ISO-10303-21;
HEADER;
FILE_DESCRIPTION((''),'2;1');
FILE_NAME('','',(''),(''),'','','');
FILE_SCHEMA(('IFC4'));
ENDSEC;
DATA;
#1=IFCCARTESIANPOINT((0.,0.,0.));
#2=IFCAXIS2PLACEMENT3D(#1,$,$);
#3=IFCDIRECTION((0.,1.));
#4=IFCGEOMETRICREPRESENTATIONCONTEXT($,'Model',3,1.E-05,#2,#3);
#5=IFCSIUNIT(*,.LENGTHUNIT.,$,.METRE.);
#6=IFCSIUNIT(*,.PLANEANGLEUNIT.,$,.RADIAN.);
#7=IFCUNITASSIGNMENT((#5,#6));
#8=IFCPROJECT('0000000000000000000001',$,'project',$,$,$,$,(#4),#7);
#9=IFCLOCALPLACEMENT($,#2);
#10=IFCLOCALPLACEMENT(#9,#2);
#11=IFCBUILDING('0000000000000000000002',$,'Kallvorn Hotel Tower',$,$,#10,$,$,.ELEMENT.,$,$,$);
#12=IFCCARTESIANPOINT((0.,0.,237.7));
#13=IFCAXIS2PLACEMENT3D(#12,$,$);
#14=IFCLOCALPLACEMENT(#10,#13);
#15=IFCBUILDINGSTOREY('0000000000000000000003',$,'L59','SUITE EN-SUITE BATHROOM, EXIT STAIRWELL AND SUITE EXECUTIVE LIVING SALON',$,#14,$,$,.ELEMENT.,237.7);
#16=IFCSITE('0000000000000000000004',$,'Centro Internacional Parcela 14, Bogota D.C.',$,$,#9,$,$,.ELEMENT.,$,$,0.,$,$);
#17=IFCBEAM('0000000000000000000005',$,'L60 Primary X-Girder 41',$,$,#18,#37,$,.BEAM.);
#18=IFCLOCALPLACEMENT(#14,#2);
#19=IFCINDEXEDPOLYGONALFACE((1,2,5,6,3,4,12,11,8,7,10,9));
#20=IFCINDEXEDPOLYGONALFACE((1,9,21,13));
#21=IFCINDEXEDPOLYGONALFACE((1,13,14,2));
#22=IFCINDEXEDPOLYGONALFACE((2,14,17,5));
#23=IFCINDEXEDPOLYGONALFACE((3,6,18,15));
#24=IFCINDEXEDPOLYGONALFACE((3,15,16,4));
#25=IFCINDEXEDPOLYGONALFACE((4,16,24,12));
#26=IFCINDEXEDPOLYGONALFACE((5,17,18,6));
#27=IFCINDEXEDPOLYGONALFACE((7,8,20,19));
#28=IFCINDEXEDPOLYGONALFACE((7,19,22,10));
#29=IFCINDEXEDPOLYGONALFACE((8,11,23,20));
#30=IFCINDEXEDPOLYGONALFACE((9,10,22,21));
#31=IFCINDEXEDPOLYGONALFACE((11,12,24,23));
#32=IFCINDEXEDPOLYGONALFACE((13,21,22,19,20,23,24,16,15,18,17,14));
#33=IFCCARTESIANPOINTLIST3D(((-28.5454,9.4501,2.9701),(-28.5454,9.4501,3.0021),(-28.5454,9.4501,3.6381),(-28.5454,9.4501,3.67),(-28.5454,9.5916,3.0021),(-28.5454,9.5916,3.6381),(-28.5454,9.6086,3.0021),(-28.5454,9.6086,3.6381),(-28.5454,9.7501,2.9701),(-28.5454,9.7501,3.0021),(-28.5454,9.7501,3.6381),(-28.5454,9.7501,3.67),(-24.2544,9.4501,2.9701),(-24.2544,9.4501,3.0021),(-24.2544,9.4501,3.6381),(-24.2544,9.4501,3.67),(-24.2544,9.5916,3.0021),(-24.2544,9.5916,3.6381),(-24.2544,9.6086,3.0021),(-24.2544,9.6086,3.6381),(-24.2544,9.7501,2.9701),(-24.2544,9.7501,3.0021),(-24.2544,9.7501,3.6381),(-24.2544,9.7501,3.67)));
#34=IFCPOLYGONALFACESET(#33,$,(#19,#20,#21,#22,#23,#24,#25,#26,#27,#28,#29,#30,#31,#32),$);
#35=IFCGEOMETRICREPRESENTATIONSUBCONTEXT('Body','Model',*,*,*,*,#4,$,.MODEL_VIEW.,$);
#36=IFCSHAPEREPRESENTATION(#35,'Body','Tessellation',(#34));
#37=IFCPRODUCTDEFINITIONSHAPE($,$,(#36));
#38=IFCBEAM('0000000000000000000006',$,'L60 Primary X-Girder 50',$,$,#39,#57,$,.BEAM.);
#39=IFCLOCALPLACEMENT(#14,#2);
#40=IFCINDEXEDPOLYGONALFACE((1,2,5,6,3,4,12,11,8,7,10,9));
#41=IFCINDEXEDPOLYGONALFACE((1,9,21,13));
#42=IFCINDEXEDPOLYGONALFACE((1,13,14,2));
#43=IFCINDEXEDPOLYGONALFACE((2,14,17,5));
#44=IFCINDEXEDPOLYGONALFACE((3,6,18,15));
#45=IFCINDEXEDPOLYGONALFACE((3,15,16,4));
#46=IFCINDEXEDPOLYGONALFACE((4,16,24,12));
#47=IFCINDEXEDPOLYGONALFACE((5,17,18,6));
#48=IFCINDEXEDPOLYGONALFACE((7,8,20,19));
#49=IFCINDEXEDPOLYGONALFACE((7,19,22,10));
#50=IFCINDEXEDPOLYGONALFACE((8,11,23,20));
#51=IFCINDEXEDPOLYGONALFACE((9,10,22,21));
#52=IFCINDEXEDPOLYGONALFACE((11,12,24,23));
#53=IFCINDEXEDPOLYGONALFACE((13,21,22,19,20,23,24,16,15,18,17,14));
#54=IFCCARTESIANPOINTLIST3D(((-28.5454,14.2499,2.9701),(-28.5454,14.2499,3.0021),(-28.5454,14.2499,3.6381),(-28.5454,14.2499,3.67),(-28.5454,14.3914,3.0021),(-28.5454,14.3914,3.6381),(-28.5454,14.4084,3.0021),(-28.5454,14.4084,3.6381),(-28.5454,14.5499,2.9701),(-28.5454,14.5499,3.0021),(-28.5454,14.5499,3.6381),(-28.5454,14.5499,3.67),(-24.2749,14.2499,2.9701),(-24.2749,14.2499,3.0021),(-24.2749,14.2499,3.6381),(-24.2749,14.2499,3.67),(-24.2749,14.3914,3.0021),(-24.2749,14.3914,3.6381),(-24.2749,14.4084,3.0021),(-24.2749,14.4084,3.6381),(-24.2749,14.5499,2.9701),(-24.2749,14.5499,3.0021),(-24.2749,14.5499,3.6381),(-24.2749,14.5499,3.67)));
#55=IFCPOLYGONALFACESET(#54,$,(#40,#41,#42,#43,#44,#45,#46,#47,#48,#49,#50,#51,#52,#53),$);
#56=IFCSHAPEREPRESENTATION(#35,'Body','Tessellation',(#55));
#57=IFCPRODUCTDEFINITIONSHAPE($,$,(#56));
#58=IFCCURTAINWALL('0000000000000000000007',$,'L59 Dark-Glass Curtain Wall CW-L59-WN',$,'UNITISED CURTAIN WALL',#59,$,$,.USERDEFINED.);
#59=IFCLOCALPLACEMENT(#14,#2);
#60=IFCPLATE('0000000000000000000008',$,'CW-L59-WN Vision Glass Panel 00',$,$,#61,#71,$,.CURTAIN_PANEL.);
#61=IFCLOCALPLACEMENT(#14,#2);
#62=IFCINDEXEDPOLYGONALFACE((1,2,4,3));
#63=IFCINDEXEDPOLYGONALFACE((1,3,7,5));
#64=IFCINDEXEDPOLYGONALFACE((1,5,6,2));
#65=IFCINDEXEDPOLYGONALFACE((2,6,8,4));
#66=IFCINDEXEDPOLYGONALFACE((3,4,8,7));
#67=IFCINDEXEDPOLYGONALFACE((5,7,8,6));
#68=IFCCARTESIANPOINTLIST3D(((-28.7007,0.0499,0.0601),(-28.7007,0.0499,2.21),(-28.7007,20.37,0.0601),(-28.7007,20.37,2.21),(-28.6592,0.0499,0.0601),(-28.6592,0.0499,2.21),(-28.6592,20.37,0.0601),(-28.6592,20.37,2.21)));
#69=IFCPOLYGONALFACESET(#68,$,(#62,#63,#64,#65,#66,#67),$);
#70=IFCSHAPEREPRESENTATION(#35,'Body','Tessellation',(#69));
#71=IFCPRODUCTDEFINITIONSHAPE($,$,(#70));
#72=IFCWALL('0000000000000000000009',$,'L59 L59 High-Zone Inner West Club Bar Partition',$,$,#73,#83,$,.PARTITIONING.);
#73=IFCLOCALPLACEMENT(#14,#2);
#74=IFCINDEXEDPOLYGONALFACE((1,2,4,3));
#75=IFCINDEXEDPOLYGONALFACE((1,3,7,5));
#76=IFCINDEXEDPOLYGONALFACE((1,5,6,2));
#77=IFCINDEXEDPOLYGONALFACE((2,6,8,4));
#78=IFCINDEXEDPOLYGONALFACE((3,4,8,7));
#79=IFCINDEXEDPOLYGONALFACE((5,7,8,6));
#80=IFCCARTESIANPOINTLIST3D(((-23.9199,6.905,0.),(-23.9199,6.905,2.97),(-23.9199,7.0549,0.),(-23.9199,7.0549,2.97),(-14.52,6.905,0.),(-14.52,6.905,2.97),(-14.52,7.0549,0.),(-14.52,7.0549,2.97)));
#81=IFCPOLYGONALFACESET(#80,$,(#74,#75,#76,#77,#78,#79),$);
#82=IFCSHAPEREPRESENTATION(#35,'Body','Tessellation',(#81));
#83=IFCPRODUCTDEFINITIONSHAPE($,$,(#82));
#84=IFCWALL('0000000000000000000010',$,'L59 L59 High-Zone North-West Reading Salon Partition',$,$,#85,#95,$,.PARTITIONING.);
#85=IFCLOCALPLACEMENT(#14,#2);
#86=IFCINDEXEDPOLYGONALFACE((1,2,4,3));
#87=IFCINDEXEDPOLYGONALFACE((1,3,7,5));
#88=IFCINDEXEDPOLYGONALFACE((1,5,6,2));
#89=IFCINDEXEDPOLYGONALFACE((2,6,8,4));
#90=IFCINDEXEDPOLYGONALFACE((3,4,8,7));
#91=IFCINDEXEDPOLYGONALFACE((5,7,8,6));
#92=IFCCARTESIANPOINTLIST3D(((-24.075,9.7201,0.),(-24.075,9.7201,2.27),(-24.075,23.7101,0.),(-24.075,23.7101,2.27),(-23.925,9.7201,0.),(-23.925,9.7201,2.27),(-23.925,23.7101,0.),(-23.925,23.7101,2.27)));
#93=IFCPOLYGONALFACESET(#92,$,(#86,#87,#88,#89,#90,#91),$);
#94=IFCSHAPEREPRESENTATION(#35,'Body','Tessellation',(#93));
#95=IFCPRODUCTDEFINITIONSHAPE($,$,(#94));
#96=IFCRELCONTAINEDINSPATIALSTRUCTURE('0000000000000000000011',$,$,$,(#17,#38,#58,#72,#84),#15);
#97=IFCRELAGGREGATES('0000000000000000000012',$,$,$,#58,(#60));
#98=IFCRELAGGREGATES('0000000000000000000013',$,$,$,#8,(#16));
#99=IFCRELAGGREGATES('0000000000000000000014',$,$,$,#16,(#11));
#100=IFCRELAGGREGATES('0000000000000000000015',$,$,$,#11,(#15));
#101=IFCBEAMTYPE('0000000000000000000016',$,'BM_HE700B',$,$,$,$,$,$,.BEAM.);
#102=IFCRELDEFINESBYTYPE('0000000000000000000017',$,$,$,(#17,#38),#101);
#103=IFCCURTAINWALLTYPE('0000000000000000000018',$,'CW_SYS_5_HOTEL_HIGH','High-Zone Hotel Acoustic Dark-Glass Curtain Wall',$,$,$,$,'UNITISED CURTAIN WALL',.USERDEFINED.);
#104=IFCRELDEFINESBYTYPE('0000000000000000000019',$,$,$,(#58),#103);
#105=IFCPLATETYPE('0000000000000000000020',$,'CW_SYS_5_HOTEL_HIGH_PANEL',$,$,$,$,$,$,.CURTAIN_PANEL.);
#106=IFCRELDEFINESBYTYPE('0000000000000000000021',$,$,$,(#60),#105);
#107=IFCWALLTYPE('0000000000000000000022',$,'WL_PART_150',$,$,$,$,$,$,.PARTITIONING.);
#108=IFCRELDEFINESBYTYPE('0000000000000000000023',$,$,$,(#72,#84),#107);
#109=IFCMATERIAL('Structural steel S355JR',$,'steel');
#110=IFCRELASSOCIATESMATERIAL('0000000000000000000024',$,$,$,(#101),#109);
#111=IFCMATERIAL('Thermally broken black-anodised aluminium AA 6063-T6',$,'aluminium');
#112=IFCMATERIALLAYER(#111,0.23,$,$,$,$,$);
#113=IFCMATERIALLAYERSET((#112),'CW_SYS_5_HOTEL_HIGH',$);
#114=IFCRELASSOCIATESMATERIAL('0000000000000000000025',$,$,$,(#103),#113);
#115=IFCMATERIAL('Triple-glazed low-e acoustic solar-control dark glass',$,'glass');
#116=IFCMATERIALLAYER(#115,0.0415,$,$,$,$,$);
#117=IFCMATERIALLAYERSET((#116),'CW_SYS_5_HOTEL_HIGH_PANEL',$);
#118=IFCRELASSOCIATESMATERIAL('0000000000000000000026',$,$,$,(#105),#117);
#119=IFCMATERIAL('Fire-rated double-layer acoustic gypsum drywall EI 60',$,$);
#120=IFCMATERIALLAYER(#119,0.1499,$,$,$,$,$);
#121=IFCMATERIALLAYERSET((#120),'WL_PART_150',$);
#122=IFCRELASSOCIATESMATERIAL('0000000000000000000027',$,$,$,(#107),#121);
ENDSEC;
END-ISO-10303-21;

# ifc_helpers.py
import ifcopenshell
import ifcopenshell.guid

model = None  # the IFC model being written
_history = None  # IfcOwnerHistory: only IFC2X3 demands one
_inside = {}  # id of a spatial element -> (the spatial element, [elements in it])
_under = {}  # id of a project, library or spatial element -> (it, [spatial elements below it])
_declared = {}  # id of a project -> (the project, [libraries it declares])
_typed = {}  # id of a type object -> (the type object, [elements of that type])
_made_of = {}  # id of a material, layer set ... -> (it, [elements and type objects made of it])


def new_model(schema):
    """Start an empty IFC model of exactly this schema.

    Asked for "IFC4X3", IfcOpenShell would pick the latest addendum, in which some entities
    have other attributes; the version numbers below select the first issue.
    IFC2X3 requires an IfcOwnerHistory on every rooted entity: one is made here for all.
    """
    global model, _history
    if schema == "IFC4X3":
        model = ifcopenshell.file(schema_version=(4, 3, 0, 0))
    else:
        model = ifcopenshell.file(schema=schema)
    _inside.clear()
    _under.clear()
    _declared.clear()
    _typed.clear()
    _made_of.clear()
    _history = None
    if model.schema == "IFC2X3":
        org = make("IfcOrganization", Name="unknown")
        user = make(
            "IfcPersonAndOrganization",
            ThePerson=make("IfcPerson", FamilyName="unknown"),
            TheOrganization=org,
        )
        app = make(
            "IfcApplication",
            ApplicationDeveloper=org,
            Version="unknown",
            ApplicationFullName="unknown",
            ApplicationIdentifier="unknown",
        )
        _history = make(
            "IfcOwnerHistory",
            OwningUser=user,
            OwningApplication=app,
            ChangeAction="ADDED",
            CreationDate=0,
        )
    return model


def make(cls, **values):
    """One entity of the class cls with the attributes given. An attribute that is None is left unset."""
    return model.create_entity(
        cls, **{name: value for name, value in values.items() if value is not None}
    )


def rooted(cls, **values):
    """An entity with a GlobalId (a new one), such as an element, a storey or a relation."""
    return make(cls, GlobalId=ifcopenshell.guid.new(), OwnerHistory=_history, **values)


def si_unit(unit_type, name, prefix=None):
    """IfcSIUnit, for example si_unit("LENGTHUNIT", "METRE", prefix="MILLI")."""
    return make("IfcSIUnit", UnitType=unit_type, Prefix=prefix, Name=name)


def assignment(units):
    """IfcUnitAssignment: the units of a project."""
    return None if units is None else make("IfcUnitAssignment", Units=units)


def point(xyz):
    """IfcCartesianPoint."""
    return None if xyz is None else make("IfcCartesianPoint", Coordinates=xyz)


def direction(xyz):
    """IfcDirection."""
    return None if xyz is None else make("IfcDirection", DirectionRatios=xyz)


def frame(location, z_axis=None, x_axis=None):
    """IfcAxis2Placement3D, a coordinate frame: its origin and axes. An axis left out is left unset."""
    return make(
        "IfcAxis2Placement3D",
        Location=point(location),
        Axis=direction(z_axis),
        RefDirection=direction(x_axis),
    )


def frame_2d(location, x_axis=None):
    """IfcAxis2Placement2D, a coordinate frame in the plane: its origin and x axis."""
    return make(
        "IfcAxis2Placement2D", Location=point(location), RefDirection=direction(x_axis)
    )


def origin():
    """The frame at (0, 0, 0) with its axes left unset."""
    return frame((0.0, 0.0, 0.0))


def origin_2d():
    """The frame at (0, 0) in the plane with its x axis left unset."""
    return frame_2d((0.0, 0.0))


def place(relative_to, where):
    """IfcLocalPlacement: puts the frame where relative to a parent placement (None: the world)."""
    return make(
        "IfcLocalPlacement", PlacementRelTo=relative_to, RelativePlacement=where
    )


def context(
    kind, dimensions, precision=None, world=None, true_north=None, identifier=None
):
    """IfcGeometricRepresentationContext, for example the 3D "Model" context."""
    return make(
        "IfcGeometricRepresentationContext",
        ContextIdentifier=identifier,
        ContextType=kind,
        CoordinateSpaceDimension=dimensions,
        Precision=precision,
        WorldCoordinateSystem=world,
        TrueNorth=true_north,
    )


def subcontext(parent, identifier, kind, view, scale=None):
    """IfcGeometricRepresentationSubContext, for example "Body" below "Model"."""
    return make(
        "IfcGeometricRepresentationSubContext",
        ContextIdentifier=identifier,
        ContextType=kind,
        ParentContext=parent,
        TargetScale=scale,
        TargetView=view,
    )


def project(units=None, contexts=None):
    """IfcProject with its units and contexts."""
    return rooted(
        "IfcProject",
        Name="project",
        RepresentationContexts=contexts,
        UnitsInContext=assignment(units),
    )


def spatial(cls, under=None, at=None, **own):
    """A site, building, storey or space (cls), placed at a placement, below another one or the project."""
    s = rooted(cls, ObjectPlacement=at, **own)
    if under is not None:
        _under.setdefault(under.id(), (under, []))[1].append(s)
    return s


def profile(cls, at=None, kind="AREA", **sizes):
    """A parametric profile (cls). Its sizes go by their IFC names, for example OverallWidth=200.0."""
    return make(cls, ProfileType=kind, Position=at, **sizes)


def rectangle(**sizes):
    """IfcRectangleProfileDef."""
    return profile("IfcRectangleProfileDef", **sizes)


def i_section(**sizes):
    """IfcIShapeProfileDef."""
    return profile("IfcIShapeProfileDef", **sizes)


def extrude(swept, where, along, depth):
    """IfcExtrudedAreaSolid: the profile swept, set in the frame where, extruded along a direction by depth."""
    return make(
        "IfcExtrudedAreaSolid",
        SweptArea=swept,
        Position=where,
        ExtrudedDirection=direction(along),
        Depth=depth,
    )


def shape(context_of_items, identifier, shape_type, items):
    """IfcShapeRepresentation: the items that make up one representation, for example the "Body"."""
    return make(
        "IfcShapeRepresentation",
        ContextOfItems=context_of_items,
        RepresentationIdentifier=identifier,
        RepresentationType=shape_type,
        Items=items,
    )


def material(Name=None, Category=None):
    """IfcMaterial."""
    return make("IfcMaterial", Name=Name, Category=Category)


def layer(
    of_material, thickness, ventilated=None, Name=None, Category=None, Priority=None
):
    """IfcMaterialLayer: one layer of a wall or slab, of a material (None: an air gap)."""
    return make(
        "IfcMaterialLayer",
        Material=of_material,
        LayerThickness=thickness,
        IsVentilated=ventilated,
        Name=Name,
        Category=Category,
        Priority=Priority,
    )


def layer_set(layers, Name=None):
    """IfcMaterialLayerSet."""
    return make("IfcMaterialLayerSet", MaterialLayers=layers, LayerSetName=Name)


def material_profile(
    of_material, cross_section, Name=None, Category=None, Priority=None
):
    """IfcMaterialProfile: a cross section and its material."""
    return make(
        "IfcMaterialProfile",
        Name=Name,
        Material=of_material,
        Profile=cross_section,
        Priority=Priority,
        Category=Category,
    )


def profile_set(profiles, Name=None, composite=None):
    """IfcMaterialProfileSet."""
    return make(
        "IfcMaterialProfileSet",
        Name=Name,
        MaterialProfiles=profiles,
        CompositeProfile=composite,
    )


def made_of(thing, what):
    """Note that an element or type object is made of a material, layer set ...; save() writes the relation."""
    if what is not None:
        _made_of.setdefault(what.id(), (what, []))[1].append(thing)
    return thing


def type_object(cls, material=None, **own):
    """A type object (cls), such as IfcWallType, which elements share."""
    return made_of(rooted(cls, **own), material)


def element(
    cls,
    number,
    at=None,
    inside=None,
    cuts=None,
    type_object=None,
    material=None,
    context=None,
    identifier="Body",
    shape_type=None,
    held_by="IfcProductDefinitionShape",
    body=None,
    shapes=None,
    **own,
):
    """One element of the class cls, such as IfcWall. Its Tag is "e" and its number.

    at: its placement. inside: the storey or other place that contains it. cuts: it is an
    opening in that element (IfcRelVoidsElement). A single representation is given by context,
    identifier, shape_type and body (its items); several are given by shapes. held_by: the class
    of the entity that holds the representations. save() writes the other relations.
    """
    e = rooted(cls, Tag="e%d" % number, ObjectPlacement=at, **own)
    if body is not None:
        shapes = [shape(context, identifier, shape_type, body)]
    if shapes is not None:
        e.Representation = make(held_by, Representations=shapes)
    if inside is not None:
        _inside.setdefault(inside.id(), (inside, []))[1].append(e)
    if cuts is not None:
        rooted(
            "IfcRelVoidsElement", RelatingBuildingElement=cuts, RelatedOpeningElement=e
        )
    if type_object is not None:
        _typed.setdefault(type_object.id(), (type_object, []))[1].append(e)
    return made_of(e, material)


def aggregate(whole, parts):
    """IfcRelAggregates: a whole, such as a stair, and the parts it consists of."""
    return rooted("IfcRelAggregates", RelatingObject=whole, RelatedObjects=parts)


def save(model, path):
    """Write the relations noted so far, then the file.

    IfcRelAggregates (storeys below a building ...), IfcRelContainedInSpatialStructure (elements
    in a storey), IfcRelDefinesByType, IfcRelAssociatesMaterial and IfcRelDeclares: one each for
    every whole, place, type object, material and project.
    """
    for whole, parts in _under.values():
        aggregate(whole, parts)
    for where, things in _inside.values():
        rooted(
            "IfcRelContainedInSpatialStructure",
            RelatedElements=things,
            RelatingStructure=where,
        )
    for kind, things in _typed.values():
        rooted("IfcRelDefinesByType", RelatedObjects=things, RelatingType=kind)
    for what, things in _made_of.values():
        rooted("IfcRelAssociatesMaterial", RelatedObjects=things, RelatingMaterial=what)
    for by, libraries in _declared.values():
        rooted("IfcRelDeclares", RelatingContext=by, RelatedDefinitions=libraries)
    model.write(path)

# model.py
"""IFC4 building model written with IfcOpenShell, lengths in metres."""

from ifc_helpers import new_model, si_unit, direction, frame, frame_2d, origin, origin_2d, place, context, subcontext, project, spatial, rectangle, i_section, extrude, material, layer, layer_set, material_profile, profile_set, type_object, element, aggregate, save


model = new_model("IFC4")

# Units and contexts
model_context = context("Model", 3, precision=1e-05, world=origin(), true_north=direction((0.0, 1.0)))
body_context = subcontext(model_context, "Body", "Model", "MODEL_VIEW")
ifc_project = project(units=[si_unit("LENGTHUNIT", "METRE"), si_unit("PLANEANGLEUNIT", "RADIAN")], contexts=[model_context])

# Site, building, storey
site_placement = place(None, origin())
site = spatial("IfcSite", under=ifc_project, at=site_placement, Name="Centro Internacional Parcela 14, Bogota D.C.", CompositionType="ELEMENT", RefElevation=0.0)
building_placement = place(site_placement, origin())
building = spatial("IfcBuilding", under=site, at=building_placement, Name="Kallvorn Hotel Tower", CompositionType="ELEMENT")
storey_placement = place(building_placement, frame((0.0, 0.0, 237.7)))
storey = spatial("IfcBuildingStorey", under=building, at=storey_placement, Name="L59", Description="SUITE EN-SUITE BATHROOM, EXIT STAIRWELL AND SUITE EXECUTIVE LIVING SALON", CompositionType="ELEMENT", Elevation=237.7)

# Beams
ifc_material_1 = material(Name="Structural steel S355JR", Category="steel")
ifc_material_profile_1 = material_profile(ifc_material_1, i_section(OverallWidth=0.3, OverallDepth=0.7, WebThickness=0.0171, FlangeThickness=0.032, at=origin_2d()), Name="HE 700 B")
ifc_profile_set_1 = profile_set([ifc_material_profile_1], Name="Structural steel S355JR")
beam_type_1 = type_object("IfcBeamType", Name="BM_HE700B", PredefinedType="BEAM", material=ifc_profile_set_1)
beam_1_placement = place(storey_placement, frame((-28.5454, 9.6001, 3.3201), z_axis=(1.0, 0.0, 0.0), x_axis=(0.0, 1.0, 0.0)))
element("IfcBeam", 1, at=beam_1_placement, inside=storey, type_object=beam_type_1, Name="L60 Primary X-Girder 41", PredefinedType="BEAM", context=body_context, shape_type="SweptSolid", body=[
    extrude(i_section(OverallWidth=0.3, OverallDepth=0.7, WebThickness=0.0171, FlangeThickness=0.032, at=origin_2d()), origin(), (0.0, 0.0, 1.0), 4.291),
])
beam_2_placement = place(storey_placement, frame((-28.5454, 14.3999, 3.3201), z_axis=(1.0, 0.0, 0.0), x_axis=(0.0, 1.0, 0.0)))
element("IfcBeam", 2, at=beam_2_placement, inside=storey, type_object=beam_type_1, Name="L60 Primary X-Girder 50", PredefinedType="BEAM", context=body_context, shape_type="SweptSolid", body=[
    extrude(i_section(OverallWidth=0.3, OverallDepth=0.7, WebThickness=0.0171, FlangeThickness=0.032, at=origin_2d()), origin(), (0.0, 0.0, 1.0), 4.2705),
])

# Curtain wall, plate
ifc_material_2 = material(Name="Thermally broken black-anodised aluminium AA 6063-T6", Category="aluminium")
ifc_layer_1 = layer(ifc_material_2, 0.23)
ifc_layer_set_1 = layer_set([ifc_layer_1], Name="CW_SYS_5_HOTEL_HIGH")
curtain_wall_type = type_object("IfcCurtainWallType", Name="CW_SYS_5_HOTEL_HIGH", Description="High-Zone Hotel Acoustic Dark-Glass Curtain Wall", ElementType="UNITISED CURTAIN WALL", PredefinedType="USERDEFINED", material=ifc_layer_set_1)
curtain_wall_placement = place(storey_placement, origin())
curtain_wall = element("IfcCurtainWall", 3, at=curtain_wall_placement, inside=storey, type_object=curtain_wall_type, Name="L59 Dark-Glass Curtain Wall CW-L59-WN", ObjectType="UNITISED CURTAIN WALL", PredefinedType="USERDEFINED")
ifc_material_3 = material(Name="Triple-glazed low-e acoustic solar-control dark glass", Category="glass")
ifc_layer_2 = layer(ifc_material_3, 0.0415)
ifc_layer_set_2 = layer_set([ifc_layer_2], Name="CW_SYS_5_HOTEL_HIGH_PANEL")
plate_type = type_object("IfcPlateType", Name="CW_SYS_5_HOTEL_HIGH_PANEL", PredefinedType="CURTAIN_PANEL", material=ifc_layer_set_2)
plate_placement = place(storey_placement, frame((-28.6799, 10.21, 0.0601), z_axis=(0.0, 0.0, 1.0), x_axis=(0.0, 1.0, 0.0)))
plate = element("IfcPlate", 4, at=plate_placement, type_object=plate_type, Name="CW-L59-WN Vision Glass Panel 00", PredefinedType="CURTAIN_PANEL", context=body_context, shape_type="SweptSolid", body=[
    extrude(rectangle(XDim=20.3201, YDim=0.0415, at=origin_2d()), origin(), (0.0, 0.0, 1.0), 2.1499),
])
aggregate(curtain_wall, [plate])

# Walls
ifc_material_4 = material(Name="Fire-rated double-layer acoustic gypsum drywall EI 60")
ifc_layer_3 = layer(ifc_material_4, 0.1499)
ifc_layer_set_3 = layer_set([ifc_layer_3], Name="WL_PART_150")
wall_type = type_object("IfcWallType", Name="WL_PART_150", PredefinedType="PARTITIONING", material=ifc_layer_set_3)
wall_1_placement = place(storey_placement, frame((-23.9199, 6.98, 0.0), z_axis=(0.0, 0.0, 1.0), x_axis=(1.0, 0.0, 0.0)))
element("IfcWall", 5, at=wall_1_placement, inside=storey, type_object=wall_type, Name="L59 L59 High-Zone Inner West Club Bar Partition", PredefinedType="PARTITIONING", context=body_context, shape_type="SweptSolid", body=[
    extrude(rectangle(XDim=9.3999, YDim=0.1499, at=frame_2d((4.7, 0.0))), origin(), (0.0, 0.0, 1.0), 2.97),
])
wall_2_placement = place(storey_placement, frame((-24.0, 9.72, 0.0), z_axis=(0.0, 0.0, 1.0), x_axis=(0.0, 1.0, 0.0)))
element("IfcWall", 6, at=wall_2_placement, inside=storey, type_object=wall_type, Name="L59 L59 High-Zone North-West Reading Salon Partition", PredefinedType="PARTITIONING", context=body_context, shape_type="SweptSolid", body=[
    extrude(rectangle(XDim=13.99, YDim=0.1499, at=frame_2d((6.9951, 0.0))), origin(), (0.0, 0.0, 1.0), 2.27),
])

save(model, "model.ifc")
